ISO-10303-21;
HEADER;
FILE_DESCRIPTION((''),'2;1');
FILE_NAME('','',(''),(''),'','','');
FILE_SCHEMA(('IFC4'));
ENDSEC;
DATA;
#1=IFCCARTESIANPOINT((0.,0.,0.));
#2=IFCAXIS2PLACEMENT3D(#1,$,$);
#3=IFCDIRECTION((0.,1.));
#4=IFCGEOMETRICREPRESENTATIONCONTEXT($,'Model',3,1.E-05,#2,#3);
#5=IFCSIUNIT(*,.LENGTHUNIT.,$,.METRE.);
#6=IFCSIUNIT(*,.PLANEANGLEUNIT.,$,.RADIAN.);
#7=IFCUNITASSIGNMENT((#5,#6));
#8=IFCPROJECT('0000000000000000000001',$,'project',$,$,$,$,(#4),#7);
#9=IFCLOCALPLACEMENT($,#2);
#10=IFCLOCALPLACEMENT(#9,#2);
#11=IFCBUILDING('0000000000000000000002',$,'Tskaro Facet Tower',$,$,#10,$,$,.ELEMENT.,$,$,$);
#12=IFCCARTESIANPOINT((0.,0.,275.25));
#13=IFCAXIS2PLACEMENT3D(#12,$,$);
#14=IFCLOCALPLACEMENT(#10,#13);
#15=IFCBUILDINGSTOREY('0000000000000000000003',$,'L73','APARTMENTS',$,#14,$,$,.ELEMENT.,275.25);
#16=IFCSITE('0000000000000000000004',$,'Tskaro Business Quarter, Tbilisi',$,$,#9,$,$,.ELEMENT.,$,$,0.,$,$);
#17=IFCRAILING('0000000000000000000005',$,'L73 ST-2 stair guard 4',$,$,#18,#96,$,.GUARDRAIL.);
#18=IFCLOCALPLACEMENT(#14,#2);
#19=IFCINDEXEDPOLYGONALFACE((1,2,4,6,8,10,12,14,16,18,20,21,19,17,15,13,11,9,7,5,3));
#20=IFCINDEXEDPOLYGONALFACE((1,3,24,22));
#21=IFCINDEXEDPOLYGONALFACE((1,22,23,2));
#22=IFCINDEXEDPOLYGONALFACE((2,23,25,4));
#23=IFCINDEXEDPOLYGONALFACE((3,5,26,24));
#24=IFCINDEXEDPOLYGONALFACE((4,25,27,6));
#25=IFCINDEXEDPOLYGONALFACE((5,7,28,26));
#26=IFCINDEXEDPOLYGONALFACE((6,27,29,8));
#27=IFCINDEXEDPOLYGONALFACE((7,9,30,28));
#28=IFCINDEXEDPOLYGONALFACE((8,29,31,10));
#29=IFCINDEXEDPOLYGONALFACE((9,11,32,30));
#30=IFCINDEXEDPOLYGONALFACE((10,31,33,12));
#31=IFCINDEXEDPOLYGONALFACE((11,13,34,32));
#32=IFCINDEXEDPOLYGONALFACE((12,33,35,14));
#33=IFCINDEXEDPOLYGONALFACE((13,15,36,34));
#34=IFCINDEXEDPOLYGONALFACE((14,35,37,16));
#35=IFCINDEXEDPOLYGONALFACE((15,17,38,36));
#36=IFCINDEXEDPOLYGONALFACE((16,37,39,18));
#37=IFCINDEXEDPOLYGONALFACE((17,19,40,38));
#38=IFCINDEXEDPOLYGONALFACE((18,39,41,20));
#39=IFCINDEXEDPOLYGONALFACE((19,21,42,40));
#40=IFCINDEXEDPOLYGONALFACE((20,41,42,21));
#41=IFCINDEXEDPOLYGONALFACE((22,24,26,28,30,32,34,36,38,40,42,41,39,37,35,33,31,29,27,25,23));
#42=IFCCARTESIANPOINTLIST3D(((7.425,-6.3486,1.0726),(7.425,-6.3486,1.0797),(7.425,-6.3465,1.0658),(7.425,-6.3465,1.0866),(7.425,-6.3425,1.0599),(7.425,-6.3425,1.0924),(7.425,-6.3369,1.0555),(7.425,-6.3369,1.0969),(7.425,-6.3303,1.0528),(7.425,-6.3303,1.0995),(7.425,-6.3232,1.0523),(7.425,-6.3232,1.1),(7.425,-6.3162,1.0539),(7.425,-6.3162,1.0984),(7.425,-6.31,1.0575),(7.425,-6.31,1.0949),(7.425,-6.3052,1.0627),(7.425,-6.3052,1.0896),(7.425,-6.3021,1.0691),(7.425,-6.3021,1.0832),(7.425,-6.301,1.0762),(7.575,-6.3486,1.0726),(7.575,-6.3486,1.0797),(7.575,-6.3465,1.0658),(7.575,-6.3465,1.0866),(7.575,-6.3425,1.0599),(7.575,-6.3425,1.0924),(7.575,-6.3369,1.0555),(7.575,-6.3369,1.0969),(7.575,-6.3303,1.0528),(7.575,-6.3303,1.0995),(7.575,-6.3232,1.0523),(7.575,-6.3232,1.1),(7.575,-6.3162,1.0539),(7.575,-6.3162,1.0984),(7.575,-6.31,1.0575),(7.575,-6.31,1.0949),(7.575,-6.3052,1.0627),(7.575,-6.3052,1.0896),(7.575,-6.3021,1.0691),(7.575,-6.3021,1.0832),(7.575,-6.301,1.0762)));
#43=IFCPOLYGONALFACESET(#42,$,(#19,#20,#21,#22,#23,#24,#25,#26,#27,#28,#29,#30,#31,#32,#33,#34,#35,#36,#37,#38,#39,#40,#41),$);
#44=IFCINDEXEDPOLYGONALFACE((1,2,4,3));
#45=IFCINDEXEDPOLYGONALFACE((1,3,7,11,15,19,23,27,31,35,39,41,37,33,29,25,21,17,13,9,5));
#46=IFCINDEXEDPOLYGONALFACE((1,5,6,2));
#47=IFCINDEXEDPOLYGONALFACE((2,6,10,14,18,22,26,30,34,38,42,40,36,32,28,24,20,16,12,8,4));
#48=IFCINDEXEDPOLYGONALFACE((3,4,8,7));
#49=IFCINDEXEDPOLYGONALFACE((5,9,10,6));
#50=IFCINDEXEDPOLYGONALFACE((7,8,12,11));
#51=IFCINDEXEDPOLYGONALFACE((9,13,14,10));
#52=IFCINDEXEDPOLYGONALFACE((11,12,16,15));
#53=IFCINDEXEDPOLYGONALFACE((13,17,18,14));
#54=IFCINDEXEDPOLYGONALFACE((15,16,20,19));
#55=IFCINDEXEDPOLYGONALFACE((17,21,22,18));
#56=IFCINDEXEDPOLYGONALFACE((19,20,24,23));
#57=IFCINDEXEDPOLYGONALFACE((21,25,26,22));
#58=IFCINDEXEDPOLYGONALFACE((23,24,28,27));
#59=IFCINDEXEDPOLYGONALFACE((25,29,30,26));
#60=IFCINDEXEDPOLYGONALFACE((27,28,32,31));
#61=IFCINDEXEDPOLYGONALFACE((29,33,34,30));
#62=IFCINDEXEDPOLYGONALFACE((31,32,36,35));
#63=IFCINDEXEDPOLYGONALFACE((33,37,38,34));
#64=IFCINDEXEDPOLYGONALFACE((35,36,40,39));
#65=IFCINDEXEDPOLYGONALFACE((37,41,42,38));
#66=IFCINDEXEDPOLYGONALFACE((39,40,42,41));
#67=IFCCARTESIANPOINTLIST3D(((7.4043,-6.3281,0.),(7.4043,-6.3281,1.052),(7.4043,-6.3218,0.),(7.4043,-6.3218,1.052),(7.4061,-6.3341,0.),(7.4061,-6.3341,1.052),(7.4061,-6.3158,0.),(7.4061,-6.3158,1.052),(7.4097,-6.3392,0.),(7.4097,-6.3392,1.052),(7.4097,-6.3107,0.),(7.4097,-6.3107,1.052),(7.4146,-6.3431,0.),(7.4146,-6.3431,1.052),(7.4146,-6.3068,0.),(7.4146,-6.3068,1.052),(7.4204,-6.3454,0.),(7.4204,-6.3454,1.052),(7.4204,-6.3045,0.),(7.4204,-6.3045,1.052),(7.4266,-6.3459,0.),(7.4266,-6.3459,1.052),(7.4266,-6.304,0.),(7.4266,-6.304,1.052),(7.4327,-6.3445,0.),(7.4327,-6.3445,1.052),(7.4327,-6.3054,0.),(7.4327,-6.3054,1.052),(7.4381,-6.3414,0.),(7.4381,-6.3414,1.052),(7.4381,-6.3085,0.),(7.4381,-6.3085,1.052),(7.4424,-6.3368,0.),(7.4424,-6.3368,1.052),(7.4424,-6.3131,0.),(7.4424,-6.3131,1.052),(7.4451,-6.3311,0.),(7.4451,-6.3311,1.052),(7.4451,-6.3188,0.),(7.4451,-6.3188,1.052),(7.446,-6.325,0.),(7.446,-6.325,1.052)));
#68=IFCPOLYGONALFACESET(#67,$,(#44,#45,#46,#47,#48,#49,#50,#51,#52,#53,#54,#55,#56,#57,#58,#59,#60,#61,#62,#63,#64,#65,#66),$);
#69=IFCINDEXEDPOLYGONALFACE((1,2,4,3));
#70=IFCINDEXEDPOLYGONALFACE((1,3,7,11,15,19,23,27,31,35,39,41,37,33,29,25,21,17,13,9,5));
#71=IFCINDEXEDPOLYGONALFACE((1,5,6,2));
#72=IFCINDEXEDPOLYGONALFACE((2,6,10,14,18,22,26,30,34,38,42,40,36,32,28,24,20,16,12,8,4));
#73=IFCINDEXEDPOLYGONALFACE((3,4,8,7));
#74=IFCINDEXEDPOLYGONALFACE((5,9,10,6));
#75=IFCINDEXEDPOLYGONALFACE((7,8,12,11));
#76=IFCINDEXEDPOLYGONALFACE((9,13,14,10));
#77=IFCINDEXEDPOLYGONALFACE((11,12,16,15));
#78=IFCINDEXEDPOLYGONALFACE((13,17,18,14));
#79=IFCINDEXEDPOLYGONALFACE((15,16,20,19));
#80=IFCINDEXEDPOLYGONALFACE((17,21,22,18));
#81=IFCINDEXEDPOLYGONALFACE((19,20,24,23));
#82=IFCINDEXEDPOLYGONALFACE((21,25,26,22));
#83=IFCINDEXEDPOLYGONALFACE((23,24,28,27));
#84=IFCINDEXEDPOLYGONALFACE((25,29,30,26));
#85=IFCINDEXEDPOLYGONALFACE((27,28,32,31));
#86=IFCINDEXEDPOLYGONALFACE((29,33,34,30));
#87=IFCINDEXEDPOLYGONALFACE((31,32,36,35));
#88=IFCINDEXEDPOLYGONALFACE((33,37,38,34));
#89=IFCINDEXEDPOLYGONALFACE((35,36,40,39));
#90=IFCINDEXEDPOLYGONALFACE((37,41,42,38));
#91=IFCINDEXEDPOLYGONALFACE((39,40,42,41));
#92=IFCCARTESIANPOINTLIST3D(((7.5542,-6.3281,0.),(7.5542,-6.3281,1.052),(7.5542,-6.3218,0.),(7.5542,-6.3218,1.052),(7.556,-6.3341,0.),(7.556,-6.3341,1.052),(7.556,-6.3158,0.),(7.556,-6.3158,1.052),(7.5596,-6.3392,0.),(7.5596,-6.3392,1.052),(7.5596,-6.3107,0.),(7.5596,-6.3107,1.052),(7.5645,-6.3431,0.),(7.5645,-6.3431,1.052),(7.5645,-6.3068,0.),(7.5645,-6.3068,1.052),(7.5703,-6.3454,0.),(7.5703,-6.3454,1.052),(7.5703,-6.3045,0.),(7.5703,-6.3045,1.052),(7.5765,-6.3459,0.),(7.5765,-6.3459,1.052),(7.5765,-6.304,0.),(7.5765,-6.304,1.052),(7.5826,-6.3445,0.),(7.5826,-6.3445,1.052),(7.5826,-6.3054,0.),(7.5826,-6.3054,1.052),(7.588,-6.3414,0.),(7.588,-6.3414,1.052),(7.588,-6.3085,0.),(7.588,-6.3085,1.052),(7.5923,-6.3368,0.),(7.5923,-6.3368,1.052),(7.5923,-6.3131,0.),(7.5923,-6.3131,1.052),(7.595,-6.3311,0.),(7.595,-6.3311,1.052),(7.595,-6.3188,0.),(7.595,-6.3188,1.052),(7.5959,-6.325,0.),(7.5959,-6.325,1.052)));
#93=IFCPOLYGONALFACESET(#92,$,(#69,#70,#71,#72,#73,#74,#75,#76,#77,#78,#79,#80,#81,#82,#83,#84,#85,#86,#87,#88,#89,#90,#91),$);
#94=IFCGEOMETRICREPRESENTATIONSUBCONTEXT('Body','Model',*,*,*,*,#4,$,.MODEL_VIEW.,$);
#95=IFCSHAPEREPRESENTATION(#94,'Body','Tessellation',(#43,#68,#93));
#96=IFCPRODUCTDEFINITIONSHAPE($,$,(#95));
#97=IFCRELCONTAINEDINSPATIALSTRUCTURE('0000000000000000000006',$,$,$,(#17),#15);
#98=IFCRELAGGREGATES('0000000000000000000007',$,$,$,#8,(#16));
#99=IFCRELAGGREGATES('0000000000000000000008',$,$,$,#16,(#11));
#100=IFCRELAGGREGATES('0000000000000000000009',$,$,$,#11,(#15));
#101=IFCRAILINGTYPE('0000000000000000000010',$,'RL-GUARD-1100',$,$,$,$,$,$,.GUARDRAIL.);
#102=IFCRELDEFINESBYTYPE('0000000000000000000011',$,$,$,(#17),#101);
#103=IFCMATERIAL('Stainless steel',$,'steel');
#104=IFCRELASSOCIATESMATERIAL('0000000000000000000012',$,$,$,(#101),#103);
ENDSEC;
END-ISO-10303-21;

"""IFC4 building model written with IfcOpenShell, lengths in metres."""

from ifc_helpers import new_model, si_unit, direction, frame, origin, origin_2d, place, context, subcontext, project, spatial, circle, extrude, material, type_object, element, save


model = new_model("IFC4")

# Units and contexts
model_context = context("Model", 3, precision=1e-05, world=origin(), true_north=direction((0.0, 1.0)))
body_context = subcontext(model_context, "Body", "Model", "MODEL_VIEW")
ifc_project = project(units=[si_unit("LENGTHUNIT", "METRE"), si_unit("PLANEANGLEUNIT", "RADIAN")], contexts=[model_context])

# Site, building, storey
site_placement = place(None, origin())
site = spatial("IfcSite", under=ifc_project, at=site_placement, Name="Tskaro Business Quarter, Tbilisi", CompositionType="ELEMENT", RefElevation=0.0)
building_placement = place(site_placement, origin())
building = spatial("IfcBuilding", under=site, at=building_placement, Name="Tskaro Facet Tower", CompositionType="ELEMENT")
storey_placement = place(building_placement, frame((0.0, 0.0, 275.25)))
storey = spatial("IfcBuildingStorey", under=building, at=storey_placement, Name="L73", Description="APARTMENTS", CompositionType="ELEMENT", Elevation=275.25)

# Railing
ifc_material_1 = material(Name="Stainless steel", Category="steel")
railing_type_1 = type_object("IfcRailingType", Name="RL-GUARD-1100", PredefinedType="GUARDRAIL", material=ifc_material_1)
railing_1_placement = place(storey_placement, frame((7.425, -6.325, 0.0)))
element("IfcRailing", 1, at=railing_1_placement, inside=storey, type_object=railing_type_1, Name="L73 ST-2 stair guard 4", PredefinedType="GUARDRAIL", context=body_context, shape_type="SweptSolid", body=[
    extrude(circle(Radius=0.0239, at=origin_2d()), frame((0.0, 0.0, 1.0762), z_axis=(1.0, 0.0, 0.0), x_axis=(0.0, 1.0, 0.0)), (0.0, 0.0, 1.0), 0.1499),
    extrude(circle(Radius=0.021, at=origin_2d()), origin(), (0.0, 0.0, 1.0), 1.052),
    extrude(circle(Radius=0.021, at=origin_2d()), frame((0.1499, 0.0, 0.0)), (0.0, 0.0, 1.0), 1.052),
])

save(model, "model.ifc")
